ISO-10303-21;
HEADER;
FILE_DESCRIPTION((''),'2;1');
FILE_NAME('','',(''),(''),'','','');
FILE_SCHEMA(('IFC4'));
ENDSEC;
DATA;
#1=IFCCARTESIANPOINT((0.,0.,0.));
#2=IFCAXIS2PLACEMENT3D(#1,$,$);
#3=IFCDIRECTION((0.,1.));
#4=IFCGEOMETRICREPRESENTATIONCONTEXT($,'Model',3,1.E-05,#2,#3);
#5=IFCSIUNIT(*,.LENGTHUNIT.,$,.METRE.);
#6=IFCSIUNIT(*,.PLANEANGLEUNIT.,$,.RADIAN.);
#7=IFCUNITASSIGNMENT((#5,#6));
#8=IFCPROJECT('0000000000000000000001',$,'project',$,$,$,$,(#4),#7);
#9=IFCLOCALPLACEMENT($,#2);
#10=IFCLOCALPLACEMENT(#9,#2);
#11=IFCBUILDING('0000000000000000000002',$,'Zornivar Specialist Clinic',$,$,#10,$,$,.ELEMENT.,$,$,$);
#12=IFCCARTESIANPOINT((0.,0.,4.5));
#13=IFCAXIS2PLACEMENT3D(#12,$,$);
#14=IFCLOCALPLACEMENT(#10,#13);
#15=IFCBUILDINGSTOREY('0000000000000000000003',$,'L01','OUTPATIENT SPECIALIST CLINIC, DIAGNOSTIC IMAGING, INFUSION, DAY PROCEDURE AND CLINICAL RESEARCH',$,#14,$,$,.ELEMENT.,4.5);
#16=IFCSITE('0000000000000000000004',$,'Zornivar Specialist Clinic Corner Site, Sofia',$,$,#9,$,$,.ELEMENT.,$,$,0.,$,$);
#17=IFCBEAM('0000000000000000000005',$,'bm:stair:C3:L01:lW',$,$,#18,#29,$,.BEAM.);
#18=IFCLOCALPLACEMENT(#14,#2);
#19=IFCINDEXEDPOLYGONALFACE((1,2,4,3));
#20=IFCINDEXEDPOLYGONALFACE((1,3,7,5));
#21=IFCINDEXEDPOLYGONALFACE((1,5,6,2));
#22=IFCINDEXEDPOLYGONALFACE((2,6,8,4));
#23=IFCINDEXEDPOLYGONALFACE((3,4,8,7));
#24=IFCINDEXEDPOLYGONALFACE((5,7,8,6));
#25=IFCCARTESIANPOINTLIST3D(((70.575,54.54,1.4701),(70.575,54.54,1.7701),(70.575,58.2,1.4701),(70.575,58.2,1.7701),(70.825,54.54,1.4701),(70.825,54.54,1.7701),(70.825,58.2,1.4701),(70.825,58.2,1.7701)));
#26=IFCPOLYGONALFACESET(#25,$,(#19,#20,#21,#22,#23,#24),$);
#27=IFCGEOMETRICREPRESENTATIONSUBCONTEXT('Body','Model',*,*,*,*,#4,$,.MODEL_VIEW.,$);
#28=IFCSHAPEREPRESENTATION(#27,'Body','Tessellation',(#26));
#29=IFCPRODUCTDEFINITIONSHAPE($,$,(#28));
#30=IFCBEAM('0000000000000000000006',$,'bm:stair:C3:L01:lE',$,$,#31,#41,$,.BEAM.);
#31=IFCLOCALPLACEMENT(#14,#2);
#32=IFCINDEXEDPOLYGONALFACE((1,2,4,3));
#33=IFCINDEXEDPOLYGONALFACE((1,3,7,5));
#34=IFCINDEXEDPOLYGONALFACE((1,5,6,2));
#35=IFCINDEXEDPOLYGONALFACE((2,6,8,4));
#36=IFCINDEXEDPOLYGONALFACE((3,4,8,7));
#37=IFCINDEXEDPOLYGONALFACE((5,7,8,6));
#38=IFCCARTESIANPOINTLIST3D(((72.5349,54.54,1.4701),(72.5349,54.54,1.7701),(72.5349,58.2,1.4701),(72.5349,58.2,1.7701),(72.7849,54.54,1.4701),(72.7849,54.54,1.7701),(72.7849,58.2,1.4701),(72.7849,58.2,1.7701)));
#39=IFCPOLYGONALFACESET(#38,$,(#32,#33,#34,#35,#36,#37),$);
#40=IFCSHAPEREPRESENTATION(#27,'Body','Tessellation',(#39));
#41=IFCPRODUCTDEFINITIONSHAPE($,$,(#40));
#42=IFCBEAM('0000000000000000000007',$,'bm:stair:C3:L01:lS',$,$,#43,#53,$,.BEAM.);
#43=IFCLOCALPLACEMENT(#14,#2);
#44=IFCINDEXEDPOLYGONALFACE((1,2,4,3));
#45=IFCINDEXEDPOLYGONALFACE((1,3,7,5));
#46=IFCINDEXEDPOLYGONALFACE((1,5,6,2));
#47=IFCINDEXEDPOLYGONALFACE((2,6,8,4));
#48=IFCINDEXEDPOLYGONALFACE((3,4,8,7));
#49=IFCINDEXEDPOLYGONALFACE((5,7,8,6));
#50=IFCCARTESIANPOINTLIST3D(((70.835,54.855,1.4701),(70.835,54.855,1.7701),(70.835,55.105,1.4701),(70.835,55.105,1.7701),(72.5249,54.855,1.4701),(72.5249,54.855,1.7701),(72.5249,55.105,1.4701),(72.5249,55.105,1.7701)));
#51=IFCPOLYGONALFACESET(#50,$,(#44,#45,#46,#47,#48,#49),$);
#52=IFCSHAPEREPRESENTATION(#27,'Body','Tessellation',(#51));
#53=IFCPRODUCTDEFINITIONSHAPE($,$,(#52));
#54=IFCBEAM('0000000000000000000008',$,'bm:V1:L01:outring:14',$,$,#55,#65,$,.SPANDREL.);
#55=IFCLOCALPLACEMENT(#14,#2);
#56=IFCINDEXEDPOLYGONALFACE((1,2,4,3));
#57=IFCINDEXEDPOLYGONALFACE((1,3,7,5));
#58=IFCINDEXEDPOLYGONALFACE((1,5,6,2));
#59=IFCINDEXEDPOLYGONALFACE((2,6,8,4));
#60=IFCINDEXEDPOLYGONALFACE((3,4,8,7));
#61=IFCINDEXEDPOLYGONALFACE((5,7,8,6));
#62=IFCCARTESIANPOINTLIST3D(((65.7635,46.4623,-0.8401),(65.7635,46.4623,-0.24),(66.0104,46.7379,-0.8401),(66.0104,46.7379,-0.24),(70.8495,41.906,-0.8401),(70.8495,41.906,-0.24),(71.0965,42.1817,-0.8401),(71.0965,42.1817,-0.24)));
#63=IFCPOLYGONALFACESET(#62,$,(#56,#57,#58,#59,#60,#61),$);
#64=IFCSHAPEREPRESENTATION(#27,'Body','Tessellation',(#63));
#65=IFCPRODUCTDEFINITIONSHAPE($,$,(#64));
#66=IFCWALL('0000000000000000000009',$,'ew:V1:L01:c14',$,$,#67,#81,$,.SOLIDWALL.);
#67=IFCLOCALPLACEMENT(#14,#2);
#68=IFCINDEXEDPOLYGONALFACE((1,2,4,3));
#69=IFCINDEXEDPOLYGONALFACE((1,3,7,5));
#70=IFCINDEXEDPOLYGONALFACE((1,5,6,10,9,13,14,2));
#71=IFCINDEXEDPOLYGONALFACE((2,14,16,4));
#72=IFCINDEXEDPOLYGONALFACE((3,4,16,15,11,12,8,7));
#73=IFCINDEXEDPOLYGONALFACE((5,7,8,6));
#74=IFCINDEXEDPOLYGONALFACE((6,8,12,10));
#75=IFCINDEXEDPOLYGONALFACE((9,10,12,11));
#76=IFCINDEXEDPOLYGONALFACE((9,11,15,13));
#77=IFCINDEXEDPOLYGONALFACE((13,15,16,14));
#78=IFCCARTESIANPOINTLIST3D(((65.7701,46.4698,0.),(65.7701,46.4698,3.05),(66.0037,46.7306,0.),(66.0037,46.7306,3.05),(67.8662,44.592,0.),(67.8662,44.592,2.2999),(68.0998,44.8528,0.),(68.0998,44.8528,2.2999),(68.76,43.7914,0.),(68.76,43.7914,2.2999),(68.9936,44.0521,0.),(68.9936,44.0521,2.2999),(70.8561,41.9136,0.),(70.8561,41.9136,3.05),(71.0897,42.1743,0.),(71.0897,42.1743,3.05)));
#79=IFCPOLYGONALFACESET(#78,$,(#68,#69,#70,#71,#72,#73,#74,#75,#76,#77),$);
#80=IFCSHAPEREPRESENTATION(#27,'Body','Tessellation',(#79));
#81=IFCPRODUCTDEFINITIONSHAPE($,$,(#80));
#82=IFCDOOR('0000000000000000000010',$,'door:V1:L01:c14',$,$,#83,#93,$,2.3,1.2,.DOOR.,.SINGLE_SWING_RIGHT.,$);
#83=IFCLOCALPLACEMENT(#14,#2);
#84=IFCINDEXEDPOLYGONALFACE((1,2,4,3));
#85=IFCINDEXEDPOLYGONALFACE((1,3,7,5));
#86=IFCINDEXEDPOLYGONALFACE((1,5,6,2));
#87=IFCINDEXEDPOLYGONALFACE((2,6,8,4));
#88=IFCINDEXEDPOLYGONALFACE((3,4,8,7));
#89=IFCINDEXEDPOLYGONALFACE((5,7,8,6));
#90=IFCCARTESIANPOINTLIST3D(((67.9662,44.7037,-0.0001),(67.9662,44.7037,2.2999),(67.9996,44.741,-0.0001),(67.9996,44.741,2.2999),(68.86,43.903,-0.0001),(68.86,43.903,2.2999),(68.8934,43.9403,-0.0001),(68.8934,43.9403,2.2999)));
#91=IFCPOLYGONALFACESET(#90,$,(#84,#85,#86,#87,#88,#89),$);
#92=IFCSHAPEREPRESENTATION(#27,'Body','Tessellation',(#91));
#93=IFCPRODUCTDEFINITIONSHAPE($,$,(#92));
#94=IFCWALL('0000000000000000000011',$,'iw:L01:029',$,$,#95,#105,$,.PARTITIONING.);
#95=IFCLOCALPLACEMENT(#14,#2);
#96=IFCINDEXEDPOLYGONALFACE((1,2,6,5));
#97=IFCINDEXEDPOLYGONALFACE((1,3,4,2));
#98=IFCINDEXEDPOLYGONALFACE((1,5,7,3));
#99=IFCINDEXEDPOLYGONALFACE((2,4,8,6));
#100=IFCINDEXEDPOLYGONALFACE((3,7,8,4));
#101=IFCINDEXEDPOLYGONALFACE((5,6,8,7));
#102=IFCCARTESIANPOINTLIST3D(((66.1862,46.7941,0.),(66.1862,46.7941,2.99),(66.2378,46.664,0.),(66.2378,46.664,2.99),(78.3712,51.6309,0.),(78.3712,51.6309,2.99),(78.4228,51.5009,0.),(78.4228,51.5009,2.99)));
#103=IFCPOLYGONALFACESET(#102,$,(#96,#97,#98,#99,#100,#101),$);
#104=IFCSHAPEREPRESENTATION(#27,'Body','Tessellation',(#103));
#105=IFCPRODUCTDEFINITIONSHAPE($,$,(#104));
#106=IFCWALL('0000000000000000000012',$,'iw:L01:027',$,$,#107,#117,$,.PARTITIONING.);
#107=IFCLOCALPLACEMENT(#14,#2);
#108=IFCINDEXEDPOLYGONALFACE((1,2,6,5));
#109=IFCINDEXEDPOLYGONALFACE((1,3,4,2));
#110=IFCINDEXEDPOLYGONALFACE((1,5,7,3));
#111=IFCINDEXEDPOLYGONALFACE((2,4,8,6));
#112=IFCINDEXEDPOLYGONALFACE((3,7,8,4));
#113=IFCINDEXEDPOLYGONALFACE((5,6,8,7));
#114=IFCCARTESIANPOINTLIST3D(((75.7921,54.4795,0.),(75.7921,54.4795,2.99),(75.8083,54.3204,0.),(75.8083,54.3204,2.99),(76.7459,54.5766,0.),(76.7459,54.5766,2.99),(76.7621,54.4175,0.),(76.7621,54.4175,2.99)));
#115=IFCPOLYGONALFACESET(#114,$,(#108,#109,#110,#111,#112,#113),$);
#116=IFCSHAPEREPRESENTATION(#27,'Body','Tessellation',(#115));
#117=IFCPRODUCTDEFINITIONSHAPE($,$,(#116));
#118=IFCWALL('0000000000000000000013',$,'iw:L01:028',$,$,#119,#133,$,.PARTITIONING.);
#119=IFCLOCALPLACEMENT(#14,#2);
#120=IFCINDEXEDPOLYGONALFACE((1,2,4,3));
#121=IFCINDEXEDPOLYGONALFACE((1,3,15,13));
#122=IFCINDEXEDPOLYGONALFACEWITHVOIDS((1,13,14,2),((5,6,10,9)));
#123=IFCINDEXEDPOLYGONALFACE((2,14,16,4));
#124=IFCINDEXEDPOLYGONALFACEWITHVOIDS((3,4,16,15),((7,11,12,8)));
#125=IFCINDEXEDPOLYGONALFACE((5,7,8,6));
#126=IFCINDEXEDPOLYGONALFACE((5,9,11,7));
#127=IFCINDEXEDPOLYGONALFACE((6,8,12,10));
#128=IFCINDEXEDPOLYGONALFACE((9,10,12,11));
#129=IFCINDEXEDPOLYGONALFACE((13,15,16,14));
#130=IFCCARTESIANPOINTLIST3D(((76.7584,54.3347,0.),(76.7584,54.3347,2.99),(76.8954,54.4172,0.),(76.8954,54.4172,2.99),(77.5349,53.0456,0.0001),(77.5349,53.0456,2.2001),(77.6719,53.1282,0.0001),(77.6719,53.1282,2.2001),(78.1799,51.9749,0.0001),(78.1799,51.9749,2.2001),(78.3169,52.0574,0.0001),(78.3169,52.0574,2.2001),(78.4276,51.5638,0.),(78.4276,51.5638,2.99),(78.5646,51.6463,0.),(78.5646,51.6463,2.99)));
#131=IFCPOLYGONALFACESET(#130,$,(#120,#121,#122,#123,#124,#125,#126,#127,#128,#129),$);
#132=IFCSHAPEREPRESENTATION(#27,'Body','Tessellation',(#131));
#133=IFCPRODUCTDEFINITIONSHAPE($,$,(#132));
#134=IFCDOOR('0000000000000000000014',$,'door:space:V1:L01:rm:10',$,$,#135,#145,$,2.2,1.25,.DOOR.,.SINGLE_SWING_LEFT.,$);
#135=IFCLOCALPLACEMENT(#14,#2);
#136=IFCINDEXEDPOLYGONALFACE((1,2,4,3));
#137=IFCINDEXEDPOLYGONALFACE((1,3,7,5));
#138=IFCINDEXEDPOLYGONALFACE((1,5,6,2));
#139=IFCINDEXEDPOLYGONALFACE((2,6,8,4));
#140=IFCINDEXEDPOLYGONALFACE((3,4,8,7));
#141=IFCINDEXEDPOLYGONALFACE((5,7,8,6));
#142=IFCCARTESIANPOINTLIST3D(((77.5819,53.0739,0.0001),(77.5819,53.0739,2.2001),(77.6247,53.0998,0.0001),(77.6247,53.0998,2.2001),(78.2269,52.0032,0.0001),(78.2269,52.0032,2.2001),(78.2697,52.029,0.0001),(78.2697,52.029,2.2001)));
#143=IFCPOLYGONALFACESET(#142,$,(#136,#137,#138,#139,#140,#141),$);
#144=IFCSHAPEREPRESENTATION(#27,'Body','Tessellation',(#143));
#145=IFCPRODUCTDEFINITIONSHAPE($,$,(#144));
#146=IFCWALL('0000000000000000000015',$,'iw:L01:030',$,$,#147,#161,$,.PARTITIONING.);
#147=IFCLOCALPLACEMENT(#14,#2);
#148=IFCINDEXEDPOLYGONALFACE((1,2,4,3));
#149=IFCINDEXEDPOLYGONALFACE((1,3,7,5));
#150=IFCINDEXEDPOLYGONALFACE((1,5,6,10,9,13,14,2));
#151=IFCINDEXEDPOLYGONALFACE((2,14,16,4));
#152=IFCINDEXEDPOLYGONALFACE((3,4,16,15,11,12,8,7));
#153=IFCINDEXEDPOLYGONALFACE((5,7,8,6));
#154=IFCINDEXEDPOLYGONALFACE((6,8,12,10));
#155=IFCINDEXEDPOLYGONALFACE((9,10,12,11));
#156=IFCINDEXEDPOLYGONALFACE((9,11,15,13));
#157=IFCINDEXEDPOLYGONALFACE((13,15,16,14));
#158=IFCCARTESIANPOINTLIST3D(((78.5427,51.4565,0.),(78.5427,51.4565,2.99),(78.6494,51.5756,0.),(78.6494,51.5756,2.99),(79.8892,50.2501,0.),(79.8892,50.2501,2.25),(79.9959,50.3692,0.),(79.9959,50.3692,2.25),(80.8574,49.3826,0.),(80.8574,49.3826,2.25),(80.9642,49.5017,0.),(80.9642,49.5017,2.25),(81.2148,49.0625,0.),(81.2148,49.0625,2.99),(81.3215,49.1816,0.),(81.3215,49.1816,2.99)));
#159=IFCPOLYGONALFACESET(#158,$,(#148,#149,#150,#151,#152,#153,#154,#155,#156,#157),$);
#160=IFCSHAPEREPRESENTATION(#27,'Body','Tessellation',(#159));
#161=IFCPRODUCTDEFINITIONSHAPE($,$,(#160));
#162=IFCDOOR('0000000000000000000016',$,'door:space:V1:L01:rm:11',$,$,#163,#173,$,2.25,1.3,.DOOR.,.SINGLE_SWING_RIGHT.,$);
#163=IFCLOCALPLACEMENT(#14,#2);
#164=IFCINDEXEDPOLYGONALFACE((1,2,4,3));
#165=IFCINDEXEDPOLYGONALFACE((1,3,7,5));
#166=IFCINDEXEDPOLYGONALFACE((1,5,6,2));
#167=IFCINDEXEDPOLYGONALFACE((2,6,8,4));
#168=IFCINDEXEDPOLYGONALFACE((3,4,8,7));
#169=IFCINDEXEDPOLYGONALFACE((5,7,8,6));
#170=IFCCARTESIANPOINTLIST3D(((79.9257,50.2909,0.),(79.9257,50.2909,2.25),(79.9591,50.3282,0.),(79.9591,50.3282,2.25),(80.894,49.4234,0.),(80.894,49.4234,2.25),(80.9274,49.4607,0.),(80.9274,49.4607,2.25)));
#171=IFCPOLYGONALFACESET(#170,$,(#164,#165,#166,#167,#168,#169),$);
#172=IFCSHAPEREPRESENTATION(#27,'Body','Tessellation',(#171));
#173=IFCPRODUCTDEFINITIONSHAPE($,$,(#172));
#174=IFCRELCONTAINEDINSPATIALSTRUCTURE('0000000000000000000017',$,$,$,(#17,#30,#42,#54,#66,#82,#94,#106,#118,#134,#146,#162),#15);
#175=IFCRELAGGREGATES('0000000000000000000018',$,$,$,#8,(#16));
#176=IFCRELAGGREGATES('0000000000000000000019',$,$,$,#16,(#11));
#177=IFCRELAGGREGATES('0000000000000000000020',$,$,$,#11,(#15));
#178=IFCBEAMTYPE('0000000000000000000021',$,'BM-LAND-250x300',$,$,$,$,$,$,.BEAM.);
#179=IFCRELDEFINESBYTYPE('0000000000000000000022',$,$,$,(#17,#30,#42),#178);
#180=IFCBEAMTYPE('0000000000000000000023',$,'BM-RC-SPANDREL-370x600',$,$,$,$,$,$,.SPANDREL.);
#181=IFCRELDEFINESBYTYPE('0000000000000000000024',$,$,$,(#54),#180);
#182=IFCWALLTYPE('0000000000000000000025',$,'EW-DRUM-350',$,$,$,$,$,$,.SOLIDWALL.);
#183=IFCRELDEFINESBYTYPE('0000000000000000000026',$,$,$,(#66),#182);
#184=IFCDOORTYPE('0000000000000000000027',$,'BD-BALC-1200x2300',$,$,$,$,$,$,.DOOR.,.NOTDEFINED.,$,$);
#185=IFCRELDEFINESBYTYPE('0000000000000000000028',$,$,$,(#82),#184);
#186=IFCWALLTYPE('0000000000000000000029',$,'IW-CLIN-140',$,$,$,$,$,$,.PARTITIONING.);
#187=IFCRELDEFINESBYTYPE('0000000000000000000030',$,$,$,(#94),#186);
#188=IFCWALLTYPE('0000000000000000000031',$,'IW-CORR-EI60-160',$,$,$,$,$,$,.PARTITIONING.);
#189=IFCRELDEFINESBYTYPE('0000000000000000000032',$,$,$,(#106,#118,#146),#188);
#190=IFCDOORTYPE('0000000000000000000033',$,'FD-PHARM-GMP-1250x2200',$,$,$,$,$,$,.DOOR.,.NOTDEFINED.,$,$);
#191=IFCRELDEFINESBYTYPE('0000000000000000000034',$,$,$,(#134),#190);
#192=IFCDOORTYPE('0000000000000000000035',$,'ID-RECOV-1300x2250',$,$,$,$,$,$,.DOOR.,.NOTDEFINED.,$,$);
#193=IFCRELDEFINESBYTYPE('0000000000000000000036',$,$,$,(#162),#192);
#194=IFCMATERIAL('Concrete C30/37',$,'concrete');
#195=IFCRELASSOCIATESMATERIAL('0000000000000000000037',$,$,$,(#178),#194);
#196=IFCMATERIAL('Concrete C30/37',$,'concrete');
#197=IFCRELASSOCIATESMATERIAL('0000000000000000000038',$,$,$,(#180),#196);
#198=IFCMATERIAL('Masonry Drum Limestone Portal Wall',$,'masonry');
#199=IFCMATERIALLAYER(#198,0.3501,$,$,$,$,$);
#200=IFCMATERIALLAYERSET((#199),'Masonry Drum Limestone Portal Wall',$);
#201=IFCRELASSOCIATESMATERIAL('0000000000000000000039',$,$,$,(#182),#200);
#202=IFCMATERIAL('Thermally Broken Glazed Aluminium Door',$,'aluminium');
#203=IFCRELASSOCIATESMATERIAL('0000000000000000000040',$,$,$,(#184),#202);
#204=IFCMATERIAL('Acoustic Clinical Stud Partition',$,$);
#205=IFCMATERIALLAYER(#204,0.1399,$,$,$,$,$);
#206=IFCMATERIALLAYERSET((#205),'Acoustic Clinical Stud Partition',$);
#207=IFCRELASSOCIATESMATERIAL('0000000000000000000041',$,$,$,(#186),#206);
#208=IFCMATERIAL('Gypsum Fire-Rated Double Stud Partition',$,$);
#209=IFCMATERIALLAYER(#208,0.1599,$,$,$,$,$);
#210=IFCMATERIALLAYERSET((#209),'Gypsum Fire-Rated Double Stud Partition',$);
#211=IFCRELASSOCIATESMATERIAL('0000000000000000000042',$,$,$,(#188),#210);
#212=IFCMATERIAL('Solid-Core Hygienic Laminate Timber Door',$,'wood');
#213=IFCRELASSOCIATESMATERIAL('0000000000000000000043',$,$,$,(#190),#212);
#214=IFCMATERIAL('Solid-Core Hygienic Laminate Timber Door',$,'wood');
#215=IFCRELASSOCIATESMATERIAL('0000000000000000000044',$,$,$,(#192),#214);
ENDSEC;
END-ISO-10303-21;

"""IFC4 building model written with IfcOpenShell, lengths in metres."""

from ifc_helpers import new_model, si_unit, direction, frame, frame_2d, origin, origin_2d, place, context, subcontext, project, spatial, rectangle, extrude, material, layer, layer_set, material_profile, profile_set, type_object, element, fill, save


model = new_model("IFC4")

# Units and contexts
model_context = context("Model", 3, precision=1e-05, world=origin(), true_north=direction((0.0, 1.0)))
body_context = subcontext(model_context, "Body", "Model", "MODEL_VIEW")
ifc_project = project(units=[si_unit("LENGTHUNIT", "METRE"), si_unit("PLANEANGLEUNIT", "RADIAN")], contexts=[model_context])

# Site, building, storey
site_placement = place(None, origin())
site = spatial("IfcSite", under=ifc_project, at=site_placement, Name="Zornivar Specialist Clinic Corner Site, Sofia", CompositionType="ELEMENT", RefElevation=0.0)
building_placement = place(site_placement, origin())
building = spatial("IfcBuilding", under=site, at=building_placement, Name="Zornivar Specialist Clinic", CompositionType="ELEMENT")
storey_placement = place(building_placement, frame((0.0, 0.0, 4.5)))
storey = spatial("IfcBuildingStorey", under=building, at=storey_placement, Name="L01", Description="OUTPATIENT SPECIALIST CLINIC, DIAGNOSTIC IMAGING, INFUSION, DAY PROCEDURE AND CLINICAL RESEARCH", CompositionType="ELEMENT", Elevation=4.5)

# Beams
ifc_material_1 = material(Name="Concrete C30/37", Category="concrete")
ifc_material_profile_1 = material_profile(ifc_material_1, rectangle(XDim=0.25, YDim=0.3, at=origin_2d()), Name="RC 250x300")
ifc_profile_set_1 = profile_set([ifc_material_profile_1], Name="Concrete C30/37")
beam_type_1 = type_object("IfcBeamType", Name="BM-LAND-250x300", PredefinedType="BEAM", material=ifc_profile_set_1)
for number, where, z_axis, x_axis, name in (
    (1, (70.7, 54.54, 1.6201), (0.0, 1.0, 0.0), (-1.0, 0.0, 0.0), "bm:stair:C3:L01:lW"),
    (2, (72.6599, 54.54, 1.6201), (0.0, 1.0, 0.0), (-1.0, 0.0, 0.0), "bm:stair:C3:L01:lE"),
):
    element("IfcBeam", number, at=place(storey_placement, frame(where, z_axis=z_axis, x_axis=x_axis)), inside=storey, type_object=beam_type_1, Name=name, PredefinedType="BEAM", context=body_context, shape_type="SweptSolid", body=[
        extrude(rectangle(XDim=0.25, YDim=0.3, at=origin_2d()), origin(), (0.0, 0.0, 1.0), 3.6599),
    ])
beam_1_placement = place(storey_placement, frame((70.835, 54.98, 1.6201), z_axis=(1.0, 0.0, 0.0), x_axis=(0.0, 1.0, 0.0)))
element("IfcBeam", 3, at=beam_1_placement, inside=storey, type_object=beam_type_1, Name="bm:stair:C3:L01:lS", PredefinedType="BEAM", context=body_context, shape_type="SweptSolid", body=[
    extrude(rectangle(XDim=0.25, YDim=0.3, at=origin_2d()), origin(), (0.0, 0.0, 1.0), 1.6899),
])
ifc_material_2 = material(Name="Concrete C30/37", Category="concrete")
ifc_material_profile_2 = material_profile(ifc_material_2, rectangle(XDim=0.3701, YDim=0.6001, at=origin_2d()), Name="RC 370x600")
ifc_profile_set_2 = profile_set([ifc_material_profile_2], Name="Concrete C30/37")
beam_type_2 = type_object("IfcBeamType", Name="BM-RC-SPANDREL-370x600", PredefinedType="SPANDREL", material=ifc_profile_set_2)
beam_2_placement = place(storey_placement, frame((65.887, 46.6001, -0.54), z_axis=(0.744835, -0.667248, 0.0), x_axis=(0.667248, 0.744835, 0.0)))
element("IfcBeam", 4, at=beam_2_placement, inside=storey, type_object=beam_type_2, Name="bm:V1:L01:outring:14", PredefinedType="SPANDREL", context=body_context, shape_type="SweptSolid", body=[
    extrude(rectangle(XDim=0.3701, YDim=0.6001, at=origin_2d()), origin(), (0.0, 0.0, 1.0), 6.8284),
])

# Wall, opening, door
ifc_material_3 = material(Name="Masonry Drum Limestone Portal Wall", Category="masonry")
ifc_layer_1 = layer(ifc_material_3, 0.3501)
ifc_layer_set_1 = layer_set([ifc_layer_1], Name="Masonry Drum Limestone Portal Wall")
wall_type_1 = type_object("IfcWallType", Name="EW-DRUM-350", PredefinedType="SOLIDWALL", material=ifc_layer_set_1)
wall_1_placement = place(storey_placement, frame((65.887, 46.6001, 0.0), z_axis=(0.0, 0.0, 1.0), x_axis=(0.744835, -0.667248, 0.0)))
wall_1 = element("IfcWall", 5, at=wall_1_placement, inside=storey, type_object=wall_type_1, Name="ew:V1:L01:c14", PredefinedType="SOLIDWALL", context=body_context, shape_type="SweptSolid", body=[
    extrude(rectangle(XDim=6.8284, YDim=0.3501, at=frame_2d((3.4141, 0.0))), origin(), (0.0, 0.0, 1.0), 3.05),
])
opening_1_placement = place(wall_1_placement, frame((2.814, 0.0, 0.0)))
opening_1 = element("IfcOpeningElement", 6, at=opening_1_placement, cuts=wall_1, PredefinedType="OPENING", context=body_context, shape_type="SweptSolid", body=[
    extrude(rectangle(XDim=1.2, YDim=2.3, at=frame_2d((0.6001, 1.1499))), frame((0.0, 0.1851, 0.0), z_axis=(0.0, -1.0, 0.0), x_axis=(1.0, 0.0, 0.0)), (0.0, 0.0, 1.0), 0.3701),
])
ifc_material_4 = material(Name="Thermally Broken Glazed Aluminium Door", Category="aluminium")
door_type_1 = type_object("IfcDoorType", Name="BD-BALC-1200x2300", OperationType="NOTDEFINED", PredefinedType="DOOR", material=ifc_material_4)
door_1_placement = place(opening_1_placement, origin())
door_1 = element("IfcDoor", 7, at=door_1_placement, inside=storey, type_object=door_type_1, Name="door:V1:L01:c14", OperationType="SINGLE_SWING_RIGHT", OverallHeight=2.3, OverallWidth=1.2, PredefinedType="DOOR", context=body_context, shape_type="SweptSolid", body=[
    extrude(rectangle(XDim=1.2, YDim=2.3, at=frame_2d((0.6001, 1.1499))), frame((0.0, 0.0249, 0.0), z_axis=(0.0, -1.0, 0.0), x_axis=(1.0, 0.0, 0.0)), (0.0, 0.0, 1.0), 0.05),
])
fill(opening_1, door_1)

# Walls
ifc_material_5 = material(Name="Acoustic Clinical Stud Partition")
ifc_layer_2 = layer(ifc_material_5, 0.1399)
ifc_layer_set_2 = layer_set([ifc_layer_2], Name="Acoustic Clinical Stud Partition")
wall_type_2 = type_object("IfcWallType", Name="IW-CLIN-140", PredefinedType="PARTITIONING", material=ifc_layer_set_2)
wall_2_placement = place(storey_placement, frame((78.397, 51.5659, 0.0), z_axis=(0.0, 0.0, 1.0), x_axis=(-0.92945, -0.368949, 0.0)))
element("IfcWall", 8, at=wall_2_placement, inside=storey, type_object=wall_type_2, Name="iw:L01:029", PredefinedType="PARTITIONING", context=body_context, shape_type="SweptSolid", body=[
    extrude(rectangle(XDim=13.1099, YDim=0.1399, at=frame_2d((6.5549, 0.0))), origin(), (0.0, 0.0, 1.0), 2.99),
])
ifc_material_6 = material(Name="Gypsum Fire-Rated Double Stud Partition")
ifc_layer_3 = layer(ifc_material_6, 0.1599)
ifc_layer_set_3 = layer_set([ifc_layer_3], Name="Gypsum Fire-Rated Double Stud Partition")
wall_type_3 = type_object("IfcWallType", Name="IW-CORR-EI60-160", PredefinedType="PARTITIONING", material=ifc_layer_set_3)
wall_3_placement = place(storey_placement, frame((75.8, 54.3999, 0.0), z_axis=(0.0, 0.0, 1.0), x_axis=(0.994851, 0.101344, 0.0)))
element("IfcWall", 9, at=wall_3_placement, inside=storey, type_object=wall_type_3, Name="iw:L01:027", PredefinedType="PARTITIONING", context=body_context, shape_type="SweptSolid", body=[
    extrude(rectangle(XDim=0.9587, YDim=0.1599, at=frame_2d((0.4795, 0.0))), origin(), (0.0, 0.0, 1.0), 2.99),
])

# Walls, openings, doors
wall_4_placement = place(storey_placement, frame((76.8269, 54.376, 0.0), z_axis=(0.0, 0.0, 1.0), x_axis=(0.515993, -0.856593, 0.0)))
wall_4 = element("IfcWall", 10, at=wall_4_placement, inside=storey, type_object=wall_type_3, Name="iw:L01:028", PredefinedType="PARTITIONING", context=body_context, shape_type="SweptSolid", body=[
    extrude(rectangle(XDim=3.2349, YDim=0.1599, at=frame_2d((1.6174, 0.0))), origin(), (0.0, 0.0, 1.0), 2.99),
])
opening_2_placement = place(wall_4_placement, frame((1.5049, 0.0, 0.0)))
opening_2 = element("IfcOpeningElement", 11, at=opening_2_placement, cuts=wall_4, PredefinedType="OPENING", context=body_context, shape_type="SweptSolid", body=[
    extrude(rectangle(XDim=1.25, YDim=2.2, at=frame_2d((0.625, 1.1001))), frame((0.0, 0.0898, 0.0), z_axis=(0.0, -1.0, 0.0), x_axis=(1.0, 0.0, 0.0)), (0.0, 0.0, 1.0), 0.1799),
])
ifc_material_7 = material(Name="Solid-Core Hygienic Laminate Timber Door", Category="wood")
door_type_2 = type_object("IfcDoorType", Name="FD-PHARM-GMP-1250x2200", OperationType="NOTDEFINED", PredefinedType="DOOR", material=ifc_material_7)
door_2_placement = place(opening_2_placement, origin())
door_2 = element("IfcDoor", 12, at=door_2_placement, inside=storey, type_object=door_type_2, Name="door:space:V1:L01:rm:10", OperationType="SINGLE_SWING_LEFT", OverallHeight=2.2, OverallWidth=1.25, PredefinedType="DOOR", context=body_context, shape_type="SweptSolid", body=[
    extrude(rectangle(XDim=1.25, YDim=2.2, at=frame_2d((0.625, 1.1001))), frame((0.0, 0.0249, 0.0), z_axis=(0.0, -1.0, 0.0), x_axis=(1.0, 0.0, 0.0)), (0.0, 0.0, 1.0), 0.05),
])
fill(opening_2, door_2)
wall_5_placement = place(storey_placement, frame((78.5959, 51.5161, 0.0), z_axis=(0.0, 0.0, 1.0), x_axis=(0.744798, -0.66729, 0.0)))
wall_5 = element("IfcWall", 13, at=wall_5_placement, inside=storey, type_object=wall_type_3, Name="iw:L01:030", PredefinedType="PARTITIONING", context=body_context, shape_type="SweptSolid", body=[
    extrude(rectangle(XDim=3.5876, YDim=0.1599, at=frame_2d((1.7939, 0.0))), origin(), (0.0, 0.0, 1.0), 2.99),
])
opening_3_placement = place(wall_5_placement, frame((1.8081, 0.0, 0.0)))
opening_3 = element("IfcOpeningElement", 14, at=opening_3_placement, cuts=wall_5, PredefinedType="OPENING", context=body_context, shape_type="SweptSolid", body=[
    extrude(rectangle(XDim=1.3, YDim=2.25, at=frame_2d((0.6499, 1.125))), frame((0.0, 0.0898, 0.0), z_axis=(0.0, -1.0, 0.0), x_axis=(1.0, 0.0, 0.0)), (0.0, 0.0, 1.0), 0.1799),
])
ifc_material_8 = material(Name="Solid-Core Hygienic Laminate Timber Door", Category="wood")
door_type_3 = type_object("IfcDoorType", Name="ID-RECOV-1300x2250", OperationType="NOTDEFINED", PredefinedType="DOOR", material=ifc_material_8)
door_3_placement = place(opening_3_placement, origin())
door_3 = element("IfcDoor", 15, at=door_3_placement, inside=storey, type_object=door_type_3, Name="door:space:V1:L01:rm:11", OperationType="SINGLE_SWING_RIGHT", OverallHeight=2.25, OverallWidth=1.3, PredefinedType="DOOR", context=body_context, shape_type="SweptSolid", body=[
    extrude(rectangle(XDim=1.3, YDim=2.25, at=frame_2d((0.6499, 1.125))), frame((0.0, 0.0249, 0.0), z_axis=(0.0, -1.0, 0.0), x_axis=(1.0, 0.0, 0.0)), (0.0, 0.0, 1.0), 0.05),
])
fill(opening_3, door_3)

save(model, "model.ifc")
